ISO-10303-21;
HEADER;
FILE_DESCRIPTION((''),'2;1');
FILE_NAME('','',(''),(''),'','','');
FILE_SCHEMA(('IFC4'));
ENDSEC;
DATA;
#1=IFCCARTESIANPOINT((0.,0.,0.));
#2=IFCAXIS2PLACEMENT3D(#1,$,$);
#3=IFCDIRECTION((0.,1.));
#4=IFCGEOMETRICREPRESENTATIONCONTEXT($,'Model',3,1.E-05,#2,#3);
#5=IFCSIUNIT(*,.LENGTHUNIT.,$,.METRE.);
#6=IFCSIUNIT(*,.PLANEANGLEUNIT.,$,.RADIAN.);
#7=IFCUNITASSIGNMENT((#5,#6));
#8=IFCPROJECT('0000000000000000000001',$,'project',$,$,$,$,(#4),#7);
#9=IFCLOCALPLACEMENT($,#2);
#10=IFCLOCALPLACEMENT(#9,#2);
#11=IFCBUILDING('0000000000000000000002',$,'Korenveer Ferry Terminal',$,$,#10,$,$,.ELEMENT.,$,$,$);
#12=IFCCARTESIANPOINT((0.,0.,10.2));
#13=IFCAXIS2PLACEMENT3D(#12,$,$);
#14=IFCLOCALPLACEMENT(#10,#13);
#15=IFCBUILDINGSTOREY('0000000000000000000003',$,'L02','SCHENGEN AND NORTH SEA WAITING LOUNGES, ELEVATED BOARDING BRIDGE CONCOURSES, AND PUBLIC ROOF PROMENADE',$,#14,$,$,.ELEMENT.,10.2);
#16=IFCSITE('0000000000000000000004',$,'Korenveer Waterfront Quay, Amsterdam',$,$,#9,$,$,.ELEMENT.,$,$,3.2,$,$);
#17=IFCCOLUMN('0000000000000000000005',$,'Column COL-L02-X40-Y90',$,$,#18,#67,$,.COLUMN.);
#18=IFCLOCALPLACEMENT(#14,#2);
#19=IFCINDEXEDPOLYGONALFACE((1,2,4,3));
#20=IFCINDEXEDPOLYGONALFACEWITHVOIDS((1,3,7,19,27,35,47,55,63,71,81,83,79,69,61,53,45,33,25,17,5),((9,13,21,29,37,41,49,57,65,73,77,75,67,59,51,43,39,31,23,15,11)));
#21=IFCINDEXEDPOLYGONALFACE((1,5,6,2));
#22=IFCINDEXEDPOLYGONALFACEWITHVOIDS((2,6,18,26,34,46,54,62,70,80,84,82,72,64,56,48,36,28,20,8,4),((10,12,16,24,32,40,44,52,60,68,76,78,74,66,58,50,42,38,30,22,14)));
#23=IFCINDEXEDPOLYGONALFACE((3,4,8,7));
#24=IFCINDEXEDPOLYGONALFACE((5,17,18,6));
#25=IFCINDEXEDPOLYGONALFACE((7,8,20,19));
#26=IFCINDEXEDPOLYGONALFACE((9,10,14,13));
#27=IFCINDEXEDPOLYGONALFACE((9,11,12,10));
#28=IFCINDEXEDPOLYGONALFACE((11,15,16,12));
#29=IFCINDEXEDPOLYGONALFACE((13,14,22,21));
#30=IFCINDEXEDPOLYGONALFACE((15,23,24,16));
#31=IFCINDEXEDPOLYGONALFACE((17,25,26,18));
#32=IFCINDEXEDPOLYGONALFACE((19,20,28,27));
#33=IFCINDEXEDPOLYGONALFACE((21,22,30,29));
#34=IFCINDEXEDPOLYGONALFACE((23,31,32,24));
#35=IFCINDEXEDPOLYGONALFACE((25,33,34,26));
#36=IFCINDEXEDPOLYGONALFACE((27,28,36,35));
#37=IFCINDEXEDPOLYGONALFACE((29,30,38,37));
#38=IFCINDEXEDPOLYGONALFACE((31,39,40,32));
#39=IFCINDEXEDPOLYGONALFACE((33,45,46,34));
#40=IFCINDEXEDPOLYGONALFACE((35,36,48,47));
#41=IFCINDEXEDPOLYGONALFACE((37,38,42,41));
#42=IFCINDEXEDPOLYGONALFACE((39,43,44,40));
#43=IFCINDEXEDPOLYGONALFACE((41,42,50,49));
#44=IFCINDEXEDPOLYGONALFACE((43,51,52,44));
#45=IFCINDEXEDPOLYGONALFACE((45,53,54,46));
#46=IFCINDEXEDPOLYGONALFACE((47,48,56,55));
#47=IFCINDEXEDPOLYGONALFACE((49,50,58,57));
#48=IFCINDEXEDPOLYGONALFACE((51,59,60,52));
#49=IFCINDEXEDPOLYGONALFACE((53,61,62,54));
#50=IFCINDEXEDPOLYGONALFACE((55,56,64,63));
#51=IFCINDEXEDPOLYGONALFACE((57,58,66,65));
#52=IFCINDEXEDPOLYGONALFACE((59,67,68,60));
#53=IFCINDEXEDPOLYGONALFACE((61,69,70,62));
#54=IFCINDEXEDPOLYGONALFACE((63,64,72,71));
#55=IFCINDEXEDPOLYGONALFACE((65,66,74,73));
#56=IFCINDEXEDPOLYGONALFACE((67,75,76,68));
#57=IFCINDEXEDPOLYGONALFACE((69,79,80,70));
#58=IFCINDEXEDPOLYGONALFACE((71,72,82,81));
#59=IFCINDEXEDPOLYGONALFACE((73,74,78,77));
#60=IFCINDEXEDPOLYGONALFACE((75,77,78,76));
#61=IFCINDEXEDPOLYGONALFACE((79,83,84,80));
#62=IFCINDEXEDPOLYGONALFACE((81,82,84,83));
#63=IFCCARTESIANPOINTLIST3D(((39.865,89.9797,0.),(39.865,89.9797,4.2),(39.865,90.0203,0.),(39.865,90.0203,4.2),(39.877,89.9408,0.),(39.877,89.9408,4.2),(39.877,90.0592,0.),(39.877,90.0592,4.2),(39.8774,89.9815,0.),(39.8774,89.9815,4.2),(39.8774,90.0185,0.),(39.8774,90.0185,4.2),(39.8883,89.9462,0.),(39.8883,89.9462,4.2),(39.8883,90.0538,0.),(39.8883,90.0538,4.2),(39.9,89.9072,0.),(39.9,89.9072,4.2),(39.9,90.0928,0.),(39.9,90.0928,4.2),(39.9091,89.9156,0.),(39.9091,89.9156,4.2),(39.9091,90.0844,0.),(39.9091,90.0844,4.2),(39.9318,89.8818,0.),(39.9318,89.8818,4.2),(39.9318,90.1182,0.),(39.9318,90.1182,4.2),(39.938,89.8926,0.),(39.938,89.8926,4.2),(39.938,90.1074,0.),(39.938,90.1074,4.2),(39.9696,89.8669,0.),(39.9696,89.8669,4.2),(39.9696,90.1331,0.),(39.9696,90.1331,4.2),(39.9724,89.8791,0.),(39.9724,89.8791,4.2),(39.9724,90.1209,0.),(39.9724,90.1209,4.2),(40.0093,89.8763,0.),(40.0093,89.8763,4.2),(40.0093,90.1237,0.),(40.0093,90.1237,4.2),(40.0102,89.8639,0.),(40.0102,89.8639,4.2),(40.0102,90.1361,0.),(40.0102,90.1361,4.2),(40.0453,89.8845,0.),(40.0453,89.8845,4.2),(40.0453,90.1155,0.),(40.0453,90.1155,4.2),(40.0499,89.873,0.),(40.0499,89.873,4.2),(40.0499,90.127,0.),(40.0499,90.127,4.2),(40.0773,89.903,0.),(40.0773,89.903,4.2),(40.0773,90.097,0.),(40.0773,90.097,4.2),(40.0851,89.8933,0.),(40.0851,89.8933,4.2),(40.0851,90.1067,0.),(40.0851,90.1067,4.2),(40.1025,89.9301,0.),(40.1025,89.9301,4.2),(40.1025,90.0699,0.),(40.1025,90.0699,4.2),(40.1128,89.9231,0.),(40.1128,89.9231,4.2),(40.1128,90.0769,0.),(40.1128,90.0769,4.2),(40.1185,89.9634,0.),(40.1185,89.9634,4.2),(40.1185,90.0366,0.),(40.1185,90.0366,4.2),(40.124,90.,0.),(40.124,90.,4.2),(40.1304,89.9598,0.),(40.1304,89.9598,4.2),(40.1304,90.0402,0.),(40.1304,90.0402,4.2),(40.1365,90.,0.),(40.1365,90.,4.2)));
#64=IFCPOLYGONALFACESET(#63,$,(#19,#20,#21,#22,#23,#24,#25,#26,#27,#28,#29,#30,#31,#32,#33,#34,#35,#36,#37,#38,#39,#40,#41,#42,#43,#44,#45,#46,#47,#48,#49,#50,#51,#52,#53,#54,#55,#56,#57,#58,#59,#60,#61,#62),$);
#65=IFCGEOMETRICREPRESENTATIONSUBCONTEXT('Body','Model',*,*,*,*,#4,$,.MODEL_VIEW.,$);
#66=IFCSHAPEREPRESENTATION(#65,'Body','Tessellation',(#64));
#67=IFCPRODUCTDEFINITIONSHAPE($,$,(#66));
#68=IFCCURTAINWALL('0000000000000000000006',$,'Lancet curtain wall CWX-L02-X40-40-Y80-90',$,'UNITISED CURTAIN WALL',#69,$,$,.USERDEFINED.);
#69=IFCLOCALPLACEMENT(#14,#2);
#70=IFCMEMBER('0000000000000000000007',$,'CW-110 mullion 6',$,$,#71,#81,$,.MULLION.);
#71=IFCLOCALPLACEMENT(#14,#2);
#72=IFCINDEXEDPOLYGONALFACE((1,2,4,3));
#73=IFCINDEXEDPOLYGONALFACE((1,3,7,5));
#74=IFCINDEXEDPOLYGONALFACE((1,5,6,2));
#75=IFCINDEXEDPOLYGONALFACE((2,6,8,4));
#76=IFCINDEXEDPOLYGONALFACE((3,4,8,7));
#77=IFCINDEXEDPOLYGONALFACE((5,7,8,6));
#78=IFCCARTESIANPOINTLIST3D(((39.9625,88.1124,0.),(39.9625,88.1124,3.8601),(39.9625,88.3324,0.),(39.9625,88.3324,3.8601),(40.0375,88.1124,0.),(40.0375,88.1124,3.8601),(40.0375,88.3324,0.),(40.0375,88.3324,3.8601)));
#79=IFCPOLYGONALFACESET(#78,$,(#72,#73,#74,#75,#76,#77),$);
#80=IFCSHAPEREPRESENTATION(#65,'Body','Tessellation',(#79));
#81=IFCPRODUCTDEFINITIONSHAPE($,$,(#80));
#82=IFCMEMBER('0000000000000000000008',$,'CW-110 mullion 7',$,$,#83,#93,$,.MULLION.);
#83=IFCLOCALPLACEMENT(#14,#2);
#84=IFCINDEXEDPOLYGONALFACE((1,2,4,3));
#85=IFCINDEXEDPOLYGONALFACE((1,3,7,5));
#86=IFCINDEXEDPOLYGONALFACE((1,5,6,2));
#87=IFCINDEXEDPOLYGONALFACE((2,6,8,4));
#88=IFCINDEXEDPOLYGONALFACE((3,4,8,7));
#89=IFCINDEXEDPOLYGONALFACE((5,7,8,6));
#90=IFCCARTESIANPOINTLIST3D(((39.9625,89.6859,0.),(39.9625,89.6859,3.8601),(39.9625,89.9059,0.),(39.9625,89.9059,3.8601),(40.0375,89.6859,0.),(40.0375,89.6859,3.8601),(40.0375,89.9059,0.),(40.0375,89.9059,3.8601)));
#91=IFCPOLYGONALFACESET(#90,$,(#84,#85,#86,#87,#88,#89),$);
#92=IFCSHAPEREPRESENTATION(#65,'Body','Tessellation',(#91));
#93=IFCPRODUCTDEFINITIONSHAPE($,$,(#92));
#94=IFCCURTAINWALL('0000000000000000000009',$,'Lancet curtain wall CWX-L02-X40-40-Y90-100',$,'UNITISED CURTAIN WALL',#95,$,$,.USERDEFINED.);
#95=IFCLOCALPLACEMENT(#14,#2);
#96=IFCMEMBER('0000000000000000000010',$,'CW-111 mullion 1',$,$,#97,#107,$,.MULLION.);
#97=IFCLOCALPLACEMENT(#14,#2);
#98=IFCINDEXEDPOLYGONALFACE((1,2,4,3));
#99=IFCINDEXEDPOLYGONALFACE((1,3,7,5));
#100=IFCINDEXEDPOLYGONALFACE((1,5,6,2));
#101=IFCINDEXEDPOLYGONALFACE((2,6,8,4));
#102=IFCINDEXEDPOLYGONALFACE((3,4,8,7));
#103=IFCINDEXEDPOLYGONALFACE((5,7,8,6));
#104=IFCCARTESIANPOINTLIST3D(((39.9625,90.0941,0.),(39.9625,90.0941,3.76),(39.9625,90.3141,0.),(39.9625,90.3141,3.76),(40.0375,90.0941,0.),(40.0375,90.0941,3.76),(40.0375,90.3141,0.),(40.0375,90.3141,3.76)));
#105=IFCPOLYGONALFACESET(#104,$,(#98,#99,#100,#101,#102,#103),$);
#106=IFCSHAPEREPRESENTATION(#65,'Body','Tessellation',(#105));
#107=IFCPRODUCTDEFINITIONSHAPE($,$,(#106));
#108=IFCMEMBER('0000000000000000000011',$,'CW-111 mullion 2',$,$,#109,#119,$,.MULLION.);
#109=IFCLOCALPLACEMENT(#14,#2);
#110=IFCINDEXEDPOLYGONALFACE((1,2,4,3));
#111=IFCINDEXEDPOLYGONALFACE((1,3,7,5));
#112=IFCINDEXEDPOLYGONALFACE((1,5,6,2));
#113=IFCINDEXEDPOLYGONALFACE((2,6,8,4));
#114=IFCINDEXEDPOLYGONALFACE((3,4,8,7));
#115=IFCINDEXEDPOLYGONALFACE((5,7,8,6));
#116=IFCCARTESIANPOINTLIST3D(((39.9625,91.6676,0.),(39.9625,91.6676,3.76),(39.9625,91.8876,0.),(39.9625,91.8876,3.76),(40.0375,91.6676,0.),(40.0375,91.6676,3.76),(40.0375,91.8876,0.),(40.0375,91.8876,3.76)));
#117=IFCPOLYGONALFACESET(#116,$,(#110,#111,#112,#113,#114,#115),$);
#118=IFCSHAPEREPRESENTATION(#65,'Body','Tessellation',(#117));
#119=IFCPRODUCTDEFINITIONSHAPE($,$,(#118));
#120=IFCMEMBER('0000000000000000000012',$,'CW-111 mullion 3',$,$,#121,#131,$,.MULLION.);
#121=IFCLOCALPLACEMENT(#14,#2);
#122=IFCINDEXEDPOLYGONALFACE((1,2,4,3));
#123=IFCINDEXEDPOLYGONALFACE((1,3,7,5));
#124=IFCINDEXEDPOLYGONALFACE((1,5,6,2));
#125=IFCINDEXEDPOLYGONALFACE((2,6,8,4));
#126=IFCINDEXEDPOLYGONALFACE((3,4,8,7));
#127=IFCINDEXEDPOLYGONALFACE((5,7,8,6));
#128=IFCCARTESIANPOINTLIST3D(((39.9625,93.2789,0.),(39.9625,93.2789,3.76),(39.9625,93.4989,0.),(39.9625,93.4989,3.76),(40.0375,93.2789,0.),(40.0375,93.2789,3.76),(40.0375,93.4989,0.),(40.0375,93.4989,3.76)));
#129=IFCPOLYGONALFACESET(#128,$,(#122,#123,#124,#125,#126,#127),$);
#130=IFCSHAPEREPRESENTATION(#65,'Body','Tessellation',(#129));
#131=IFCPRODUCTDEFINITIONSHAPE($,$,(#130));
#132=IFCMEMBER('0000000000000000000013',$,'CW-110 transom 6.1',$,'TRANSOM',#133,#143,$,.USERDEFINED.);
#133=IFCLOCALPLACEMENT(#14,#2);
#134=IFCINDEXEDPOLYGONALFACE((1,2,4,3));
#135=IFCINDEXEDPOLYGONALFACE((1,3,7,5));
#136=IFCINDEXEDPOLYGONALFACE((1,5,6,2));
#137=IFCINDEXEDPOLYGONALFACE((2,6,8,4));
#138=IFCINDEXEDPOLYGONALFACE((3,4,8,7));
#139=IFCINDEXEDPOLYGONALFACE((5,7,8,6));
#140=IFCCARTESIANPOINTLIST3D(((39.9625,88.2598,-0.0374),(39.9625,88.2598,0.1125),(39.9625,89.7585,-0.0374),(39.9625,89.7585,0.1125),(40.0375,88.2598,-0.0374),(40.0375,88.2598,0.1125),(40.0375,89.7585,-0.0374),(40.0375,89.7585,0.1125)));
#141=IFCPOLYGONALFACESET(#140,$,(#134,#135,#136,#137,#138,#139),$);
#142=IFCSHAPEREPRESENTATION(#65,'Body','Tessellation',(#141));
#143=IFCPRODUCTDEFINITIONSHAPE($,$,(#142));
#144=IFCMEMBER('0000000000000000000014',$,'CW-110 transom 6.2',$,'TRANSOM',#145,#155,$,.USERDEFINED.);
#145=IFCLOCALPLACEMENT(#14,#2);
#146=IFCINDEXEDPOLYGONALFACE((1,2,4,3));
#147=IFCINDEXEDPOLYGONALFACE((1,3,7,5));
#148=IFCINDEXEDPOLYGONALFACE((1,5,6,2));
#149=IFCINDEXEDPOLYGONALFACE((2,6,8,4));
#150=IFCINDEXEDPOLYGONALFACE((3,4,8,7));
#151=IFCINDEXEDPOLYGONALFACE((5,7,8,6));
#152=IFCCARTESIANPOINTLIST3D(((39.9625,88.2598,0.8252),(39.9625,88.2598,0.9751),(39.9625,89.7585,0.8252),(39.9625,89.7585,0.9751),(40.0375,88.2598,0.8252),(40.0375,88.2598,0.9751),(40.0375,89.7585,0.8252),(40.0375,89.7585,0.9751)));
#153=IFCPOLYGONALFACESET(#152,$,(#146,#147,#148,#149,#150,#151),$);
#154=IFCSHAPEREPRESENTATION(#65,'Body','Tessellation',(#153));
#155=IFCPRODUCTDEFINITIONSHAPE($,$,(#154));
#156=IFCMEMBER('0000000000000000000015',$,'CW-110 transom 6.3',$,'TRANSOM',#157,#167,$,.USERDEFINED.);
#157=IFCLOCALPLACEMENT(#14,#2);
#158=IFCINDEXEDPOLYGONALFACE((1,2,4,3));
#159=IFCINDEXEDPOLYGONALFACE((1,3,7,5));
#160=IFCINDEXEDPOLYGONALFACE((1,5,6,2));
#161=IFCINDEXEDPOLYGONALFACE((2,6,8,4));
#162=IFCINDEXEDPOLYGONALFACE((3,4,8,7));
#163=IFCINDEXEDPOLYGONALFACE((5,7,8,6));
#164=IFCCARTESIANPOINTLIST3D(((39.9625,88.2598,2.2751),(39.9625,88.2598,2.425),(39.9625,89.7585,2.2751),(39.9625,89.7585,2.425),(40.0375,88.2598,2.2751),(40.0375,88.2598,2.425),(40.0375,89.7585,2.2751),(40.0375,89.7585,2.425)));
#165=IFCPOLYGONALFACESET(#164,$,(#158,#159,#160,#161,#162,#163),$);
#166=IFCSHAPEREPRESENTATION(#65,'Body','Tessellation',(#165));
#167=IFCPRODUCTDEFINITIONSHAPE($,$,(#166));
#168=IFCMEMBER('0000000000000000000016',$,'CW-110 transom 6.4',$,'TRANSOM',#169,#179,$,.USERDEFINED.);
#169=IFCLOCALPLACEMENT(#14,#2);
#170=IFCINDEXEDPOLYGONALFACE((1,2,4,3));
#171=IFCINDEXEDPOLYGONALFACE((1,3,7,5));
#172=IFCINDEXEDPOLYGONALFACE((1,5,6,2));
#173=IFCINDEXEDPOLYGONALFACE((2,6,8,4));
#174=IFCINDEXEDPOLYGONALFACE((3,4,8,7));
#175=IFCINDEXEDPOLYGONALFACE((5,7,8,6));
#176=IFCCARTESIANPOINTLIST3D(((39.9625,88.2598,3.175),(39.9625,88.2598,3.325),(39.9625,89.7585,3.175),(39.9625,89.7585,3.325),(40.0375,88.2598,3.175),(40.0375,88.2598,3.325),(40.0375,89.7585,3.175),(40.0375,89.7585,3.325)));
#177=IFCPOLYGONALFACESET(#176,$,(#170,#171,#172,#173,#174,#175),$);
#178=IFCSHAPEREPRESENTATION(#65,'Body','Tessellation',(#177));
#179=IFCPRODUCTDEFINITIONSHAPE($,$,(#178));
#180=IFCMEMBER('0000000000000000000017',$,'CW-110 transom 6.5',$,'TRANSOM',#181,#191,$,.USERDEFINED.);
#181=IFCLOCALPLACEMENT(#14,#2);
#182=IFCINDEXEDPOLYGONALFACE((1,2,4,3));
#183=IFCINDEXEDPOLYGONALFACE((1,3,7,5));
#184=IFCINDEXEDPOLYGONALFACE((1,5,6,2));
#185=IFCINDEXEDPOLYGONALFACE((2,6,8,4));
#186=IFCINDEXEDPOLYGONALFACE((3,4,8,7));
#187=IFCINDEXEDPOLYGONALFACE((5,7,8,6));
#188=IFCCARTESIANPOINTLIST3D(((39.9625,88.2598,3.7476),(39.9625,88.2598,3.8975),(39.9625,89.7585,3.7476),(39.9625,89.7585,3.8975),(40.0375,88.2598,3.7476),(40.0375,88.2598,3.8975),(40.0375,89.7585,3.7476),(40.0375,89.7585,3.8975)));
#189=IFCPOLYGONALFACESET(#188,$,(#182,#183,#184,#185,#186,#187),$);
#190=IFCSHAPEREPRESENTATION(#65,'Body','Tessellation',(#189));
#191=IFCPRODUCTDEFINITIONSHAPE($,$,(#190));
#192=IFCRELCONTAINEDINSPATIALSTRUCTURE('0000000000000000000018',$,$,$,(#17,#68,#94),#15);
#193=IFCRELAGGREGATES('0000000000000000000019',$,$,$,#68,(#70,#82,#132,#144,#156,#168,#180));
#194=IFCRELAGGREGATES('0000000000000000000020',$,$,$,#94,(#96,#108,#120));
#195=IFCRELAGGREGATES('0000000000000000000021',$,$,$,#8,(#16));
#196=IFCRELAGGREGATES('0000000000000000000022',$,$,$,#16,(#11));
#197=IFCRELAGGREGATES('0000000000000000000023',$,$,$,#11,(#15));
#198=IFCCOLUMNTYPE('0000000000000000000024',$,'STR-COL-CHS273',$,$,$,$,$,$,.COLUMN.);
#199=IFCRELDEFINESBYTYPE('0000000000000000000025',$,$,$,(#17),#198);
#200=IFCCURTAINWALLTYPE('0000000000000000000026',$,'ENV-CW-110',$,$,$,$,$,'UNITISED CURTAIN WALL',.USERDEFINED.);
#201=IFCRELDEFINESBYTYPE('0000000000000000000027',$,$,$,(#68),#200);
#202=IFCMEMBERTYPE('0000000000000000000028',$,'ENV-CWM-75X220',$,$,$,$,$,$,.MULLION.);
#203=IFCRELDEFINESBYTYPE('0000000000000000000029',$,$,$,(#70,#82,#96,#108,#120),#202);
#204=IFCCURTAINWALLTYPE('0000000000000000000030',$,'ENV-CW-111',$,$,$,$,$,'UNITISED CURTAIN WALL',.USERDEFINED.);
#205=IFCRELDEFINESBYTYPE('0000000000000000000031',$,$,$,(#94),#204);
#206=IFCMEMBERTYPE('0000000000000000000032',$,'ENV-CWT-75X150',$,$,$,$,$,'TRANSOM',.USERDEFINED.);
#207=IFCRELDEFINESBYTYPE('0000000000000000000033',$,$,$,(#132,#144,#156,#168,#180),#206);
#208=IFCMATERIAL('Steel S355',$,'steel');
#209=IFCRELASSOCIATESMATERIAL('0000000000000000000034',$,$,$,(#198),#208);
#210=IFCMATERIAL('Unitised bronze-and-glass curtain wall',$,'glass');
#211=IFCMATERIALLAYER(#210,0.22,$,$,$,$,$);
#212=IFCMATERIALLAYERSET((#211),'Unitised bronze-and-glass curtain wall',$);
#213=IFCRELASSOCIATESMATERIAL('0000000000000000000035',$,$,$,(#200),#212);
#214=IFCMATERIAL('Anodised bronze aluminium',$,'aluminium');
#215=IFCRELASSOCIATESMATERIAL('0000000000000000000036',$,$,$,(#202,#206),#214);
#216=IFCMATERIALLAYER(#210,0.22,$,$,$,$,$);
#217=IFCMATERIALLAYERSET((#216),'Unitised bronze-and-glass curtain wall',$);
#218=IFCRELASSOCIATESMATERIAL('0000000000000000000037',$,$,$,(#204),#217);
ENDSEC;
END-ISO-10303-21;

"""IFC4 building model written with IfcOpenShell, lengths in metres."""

from ifc_helpers import new_model, si_unit, direction, frame, origin, origin_2d, place, context, subcontext, project, spatial, rectangle, hollow_circle, extrude, material, layer, layer_set, material_profile, profile_set, type_object, element, aggregate, save


model = new_model("IFC4")

# Units and contexts
model_context = context("Model", 3, precision=1e-05, world=origin(), true_north=direction((0.0, 1.0)))
body_context = subcontext(model_context, "Body", "Model", "MODEL_VIEW")
ifc_project = project(units=[si_unit("LENGTHUNIT", "METRE"), si_unit("PLANEANGLEUNIT", "RADIAN")], contexts=[model_context])

# Site, building, storey
site_placement = place(None, origin())
site = spatial("IfcSite", under=ifc_project, at=site_placement, Name="Korenveer Waterfront Quay, Amsterdam", CompositionType="ELEMENT", RefElevation=3.2)
building_placement = place(site_placement, origin())
building = spatial("IfcBuilding", under=site, at=building_placement, Name="Korenveer Ferry Terminal", CompositionType="ELEMENT")
storey_placement = place(building_placement, frame((0.0, 0.0, 10.2)))
storey = spatial("IfcBuildingStorey", under=building, at=storey_placement, Name="L02", Description="SCHENGEN AND NORTH SEA WAITING LOUNGES, ELEVATED BOARDING BRIDGE CONCOURSES, AND PUBLIC ROOF PROMENADE", CompositionType="ELEMENT", Elevation=10.2)

# Column
ifc_material_1 = material(Name="Steel S355", Category="steel")
ifc_material_profile_1 = material_profile(ifc_material_1, hollow_circle(Radius=0.1365, WallThickness=0.0125, at=origin_2d()), Name="CHS 273x12.5")
ifc_profile_set_1 = profile_set([ifc_material_profile_1], Name="Steel S355")
column_type = type_object("IfcColumnType", Name="STR-COL-CHS273", PredefinedType="COLUMN", material=ifc_profile_set_1)
column_placement = place(storey_placement, frame((40.0, 90.0, 0.0), z_axis=(0.0, 0.0, 1.0), x_axis=(1.0, 0.0, 0.0)))
element("IfcColumn", 1, at=column_placement, inside=storey, type_object=column_type, Name="Column COL-L02-X40-Y90", PredefinedType="COLUMN", context=body_context, shape_type="SweptSolid", body=[
    extrude(hollow_circle(Radius=0.1365, WallThickness=0.0125, at=origin_2d()), origin(), (0.0, 0.0, 1.0), 4.2),
])

# Curtain walls, members
ifc_material_2 = material(Name="Unitised bronze-and-glass curtain wall", Category="glass")
ifc_layer_1 = layer(ifc_material_2, 0.22)
ifc_layer_set_1 = layer_set([ifc_layer_1], Name="Unitised bronze-and-glass curtain wall")
curtain_wall_type_1 = type_object("IfcCurtainWallType", Name="ENV-CW-110", ElementType="UNITISED CURTAIN WALL", PredefinedType="USERDEFINED", material=ifc_layer_set_1)
curtain_wall_1_placement = place(storey_placement, frame((40.0, 80.1665, 0.0)))
curtain_wall_1 = element("IfcCurtainWall", 2, at=curtain_wall_1_placement, inside=storey, type_object=curtain_wall_type_1, Name="Lancet curtain wall CWX-L02-X40-40-Y80-90", ObjectType="UNITISED CURTAIN WALL", PredefinedType="USERDEFINED")
ifc_material_3 = material(Name="Anodised bronze aluminium", Category="aluminium")
ifc_material_profile_2 = material_profile(ifc_material_3, rectangle(XDim=0.075, YDim=0.22, at=origin_2d()), Name="ALU 75x220")
ifc_profile_set_2 = profile_set([ifc_material_profile_2], Name="Anodised bronze aluminium")
member_type_1 = type_object("IfcMemberType", Name="ENV-CWM-75X220", PredefinedType="MULLION", material=ifc_profile_set_2)
member_1_placement = place(storey_placement, frame((40.0, 88.2224, 0.0), z_axis=(0.0, 0.0, 1.0), x_axis=(-1.0, 0.0, 0.0)))
member_1 = element("IfcMember", 3, at=member_1_placement, type_object=member_type_1, Name="CW-110 mullion 6", PredefinedType="MULLION", context=body_context, shape_type="SweptSolid", body=[
    extrude(rectangle(XDim=0.075, YDim=0.22, at=origin_2d()), origin(), (0.0, 0.0, 1.0), 3.8601),
])
member_2_placement = place(storey_placement, frame((40.0, 89.7959, 0.0), z_axis=(0.0, 0.0, 1.0), x_axis=(-1.0, 0.0, 0.0)))
member_2 = element("IfcMember", 4, at=member_2_placement, type_object=member_type_1, Name="CW-110 mullion 7", PredefinedType="MULLION", context=body_context, shape_type="SweptSolid", body=[
    extrude(rectangle(XDim=0.075, YDim=0.22, at=origin_2d()), origin(), (0.0, 0.0, 1.0), 3.8601),
])
ifc_layer_2 = layer(ifc_material_2, 0.22)
ifc_layer_set_2 = layer_set([ifc_layer_2], Name="Unitised bronze-and-glass curtain wall")
curtain_wall_type_2 = type_object("IfcCurtainWallType", Name="ENV-CW-111", ElementType="UNITISED CURTAIN WALL", PredefinedType="USERDEFINED", material=ifc_layer_set_2)
curtain_wall_2_placement = place(storey_placement, frame((40.0, 90.1665, 0.0)))
curtain_wall_2 = element("IfcCurtainWall", 5, at=curtain_wall_2_placement, inside=storey, type_object=curtain_wall_type_2, Name="Lancet curtain wall CWX-L02-X40-40-Y90-100", ObjectType="UNITISED CURTAIN WALL", PredefinedType="USERDEFINED")
member_3_placement = place(storey_placement, frame((40.0, 90.2041, 0.0), z_axis=(0.0, 0.0, 1.0), x_axis=(-1.0, 0.0, 0.0)))
member_3 = element("IfcMember", 6, at=member_3_placement, type_object=member_type_1, Name="CW-111 mullion 1", PredefinedType="MULLION", context=body_context, shape_type="SweptSolid", body=[
    extrude(rectangle(XDim=0.075, YDim=0.22, at=origin_2d()), origin(), (0.0, 0.0, 1.0), 3.76),
])
member_4_placement = place(storey_placement, frame((40.0, 91.7776, 0.0), z_axis=(0.0, 0.0, 1.0), x_axis=(-1.0, 0.0, 0.0)))
member_4 = element("IfcMember", 7, at=member_4_placement, type_object=member_type_1, Name="CW-111 mullion 2", PredefinedType="MULLION", context=body_context, shape_type="SweptSolid", body=[
    extrude(rectangle(XDim=0.075, YDim=0.22, at=origin_2d()), origin(), (0.0, 0.0, 1.0), 3.76),
])
member_5_placement = place(storey_placement, frame((40.0, 93.3889, 0.0), z_axis=(0.0, 0.0, 1.0), x_axis=(-1.0, 0.0, 0.0)))
member_5 = element("IfcMember", 8, at=member_5_placement, type_object=member_type_1, Name="CW-111 mullion 3", PredefinedType="MULLION", context=body_context, shape_type="SweptSolid", body=[
    extrude(rectangle(XDim=0.075, YDim=0.22, at=origin_2d()), origin(), (0.0, 0.0, 1.0), 3.76),
])

# Members
ifc_material_profile_3 = material_profile(ifc_material_3, rectangle(XDim=0.075, YDim=0.1499, at=origin_2d()), Name="ALU 75x150")
ifc_profile_set_3 = profile_set([ifc_material_profile_3], Name="Anodised bronze aluminium")
member_type_2 = type_object("IfcMemberType", Name="ENV-CWT-75X150", ElementType="TRANSOM", PredefinedType="USERDEFINED", material=ifc_profile_set_3)
member_6_placement = place(storey_placement, frame((40.0, 88.2598, 0.0376), z_axis=(0.0, 1.0, 0.0), x_axis=(-1.0, 0.0, 0.0)))
member_6 = element("IfcMember", 9, at=member_6_placement, type_object=member_type_2, Name="CW-110 transom 6.1", ObjectType="TRANSOM", PredefinedType="USERDEFINED", context=body_context, shape_type="SweptSolid", body=[
    extrude(rectangle(XDim=0.075, YDim=0.1499, at=origin_2d()), origin(), (0.0, 0.0, 1.0), 1.4988),
])
member_7_placement = place(storey_placement, frame((40.0, 88.2598, 0.9001), z_axis=(0.0, 1.0, 0.0), x_axis=(-1.0, 0.0, 0.0)))
member_7 = element("IfcMember", 10, at=member_7_placement, type_object=member_type_2, Name="CW-110 transom 6.2", ObjectType="TRANSOM", PredefinedType="USERDEFINED", context=body_context, shape_type="SweptSolid", body=[
    extrude(rectangle(XDim=0.075, YDim=0.1499, at=origin_2d()), origin(), (0.0, 0.0, 1.0), 1.4988),
])
member_8_placement = place(storey_placement, frame((40.0, 88.2598, 2.3501), z_axis=(0.0, 1.0, 0.0), x_axis=(-1.0, 0.0, 0.0)))
member_8 = element("IfcMember", 11, at=member_8_placement, type_object=member_type_2, Name="CW-110 transom 6.3", ObjectType="TRANSOM", PredefinedType="USERDEFINED", context=body_context, shape_type="SweptSolid", body=[
    extrude(rectangle(XDim=0.075, YDim=0.1499, at=origin_2d()), origin(), (0.0, 0.0, 1.0), 1.4988),
])
member_9_placement = place(storey_placement, frame((40.0, 88.2598, 3.25), z_axis=(0.0, 1.0, 0.0), x_axis=(-1.0, 0.0, 0.0)))
member_9 = element("IfcMember", 12, at=member_9_placement, type_object=member_type_2, Name="CW-110 transom 6.4", ObjectType="TRANSOM", PredefinedType="USERDEFINED", context=body_context, shape_type="SweptSolid", body=[
    extrude(rectangle(XDim=0.075, YDim=0.1499, at=origin_2d()), origin(), (0.0, 0.0, 1.0), 1.4988),
])
member_10_placement = place(storey_placement, frame((40.0, 88.2598, 3.8225), z_axis=(0.0, 1.0, 0.0), x_axis=(-1.0, 0.0, 0.0)))
member_10 = element("IfcMember", 13, at=member_10_placement, type_object=member_type_2, Name="CW-110 transom 6.5", ObjectType="TRANSOM", PredefinedType="USERDEFINED", context=body_context, shape_type="SweptSolid", body=[
    extrude(rectangle(XDim=0.075, YDim=0.1499, at=origin_2d()), origin(), (0.0, 0.0, 1.0), 1.4988),
])

aggregate(curtain_wall_1, [member_1, member_2, member_6, member_7, member_8, member_9, member_10])
aggregate(curtain_wall_2, [member_3, member_4, member_5])

save(model, "model.ifc")
